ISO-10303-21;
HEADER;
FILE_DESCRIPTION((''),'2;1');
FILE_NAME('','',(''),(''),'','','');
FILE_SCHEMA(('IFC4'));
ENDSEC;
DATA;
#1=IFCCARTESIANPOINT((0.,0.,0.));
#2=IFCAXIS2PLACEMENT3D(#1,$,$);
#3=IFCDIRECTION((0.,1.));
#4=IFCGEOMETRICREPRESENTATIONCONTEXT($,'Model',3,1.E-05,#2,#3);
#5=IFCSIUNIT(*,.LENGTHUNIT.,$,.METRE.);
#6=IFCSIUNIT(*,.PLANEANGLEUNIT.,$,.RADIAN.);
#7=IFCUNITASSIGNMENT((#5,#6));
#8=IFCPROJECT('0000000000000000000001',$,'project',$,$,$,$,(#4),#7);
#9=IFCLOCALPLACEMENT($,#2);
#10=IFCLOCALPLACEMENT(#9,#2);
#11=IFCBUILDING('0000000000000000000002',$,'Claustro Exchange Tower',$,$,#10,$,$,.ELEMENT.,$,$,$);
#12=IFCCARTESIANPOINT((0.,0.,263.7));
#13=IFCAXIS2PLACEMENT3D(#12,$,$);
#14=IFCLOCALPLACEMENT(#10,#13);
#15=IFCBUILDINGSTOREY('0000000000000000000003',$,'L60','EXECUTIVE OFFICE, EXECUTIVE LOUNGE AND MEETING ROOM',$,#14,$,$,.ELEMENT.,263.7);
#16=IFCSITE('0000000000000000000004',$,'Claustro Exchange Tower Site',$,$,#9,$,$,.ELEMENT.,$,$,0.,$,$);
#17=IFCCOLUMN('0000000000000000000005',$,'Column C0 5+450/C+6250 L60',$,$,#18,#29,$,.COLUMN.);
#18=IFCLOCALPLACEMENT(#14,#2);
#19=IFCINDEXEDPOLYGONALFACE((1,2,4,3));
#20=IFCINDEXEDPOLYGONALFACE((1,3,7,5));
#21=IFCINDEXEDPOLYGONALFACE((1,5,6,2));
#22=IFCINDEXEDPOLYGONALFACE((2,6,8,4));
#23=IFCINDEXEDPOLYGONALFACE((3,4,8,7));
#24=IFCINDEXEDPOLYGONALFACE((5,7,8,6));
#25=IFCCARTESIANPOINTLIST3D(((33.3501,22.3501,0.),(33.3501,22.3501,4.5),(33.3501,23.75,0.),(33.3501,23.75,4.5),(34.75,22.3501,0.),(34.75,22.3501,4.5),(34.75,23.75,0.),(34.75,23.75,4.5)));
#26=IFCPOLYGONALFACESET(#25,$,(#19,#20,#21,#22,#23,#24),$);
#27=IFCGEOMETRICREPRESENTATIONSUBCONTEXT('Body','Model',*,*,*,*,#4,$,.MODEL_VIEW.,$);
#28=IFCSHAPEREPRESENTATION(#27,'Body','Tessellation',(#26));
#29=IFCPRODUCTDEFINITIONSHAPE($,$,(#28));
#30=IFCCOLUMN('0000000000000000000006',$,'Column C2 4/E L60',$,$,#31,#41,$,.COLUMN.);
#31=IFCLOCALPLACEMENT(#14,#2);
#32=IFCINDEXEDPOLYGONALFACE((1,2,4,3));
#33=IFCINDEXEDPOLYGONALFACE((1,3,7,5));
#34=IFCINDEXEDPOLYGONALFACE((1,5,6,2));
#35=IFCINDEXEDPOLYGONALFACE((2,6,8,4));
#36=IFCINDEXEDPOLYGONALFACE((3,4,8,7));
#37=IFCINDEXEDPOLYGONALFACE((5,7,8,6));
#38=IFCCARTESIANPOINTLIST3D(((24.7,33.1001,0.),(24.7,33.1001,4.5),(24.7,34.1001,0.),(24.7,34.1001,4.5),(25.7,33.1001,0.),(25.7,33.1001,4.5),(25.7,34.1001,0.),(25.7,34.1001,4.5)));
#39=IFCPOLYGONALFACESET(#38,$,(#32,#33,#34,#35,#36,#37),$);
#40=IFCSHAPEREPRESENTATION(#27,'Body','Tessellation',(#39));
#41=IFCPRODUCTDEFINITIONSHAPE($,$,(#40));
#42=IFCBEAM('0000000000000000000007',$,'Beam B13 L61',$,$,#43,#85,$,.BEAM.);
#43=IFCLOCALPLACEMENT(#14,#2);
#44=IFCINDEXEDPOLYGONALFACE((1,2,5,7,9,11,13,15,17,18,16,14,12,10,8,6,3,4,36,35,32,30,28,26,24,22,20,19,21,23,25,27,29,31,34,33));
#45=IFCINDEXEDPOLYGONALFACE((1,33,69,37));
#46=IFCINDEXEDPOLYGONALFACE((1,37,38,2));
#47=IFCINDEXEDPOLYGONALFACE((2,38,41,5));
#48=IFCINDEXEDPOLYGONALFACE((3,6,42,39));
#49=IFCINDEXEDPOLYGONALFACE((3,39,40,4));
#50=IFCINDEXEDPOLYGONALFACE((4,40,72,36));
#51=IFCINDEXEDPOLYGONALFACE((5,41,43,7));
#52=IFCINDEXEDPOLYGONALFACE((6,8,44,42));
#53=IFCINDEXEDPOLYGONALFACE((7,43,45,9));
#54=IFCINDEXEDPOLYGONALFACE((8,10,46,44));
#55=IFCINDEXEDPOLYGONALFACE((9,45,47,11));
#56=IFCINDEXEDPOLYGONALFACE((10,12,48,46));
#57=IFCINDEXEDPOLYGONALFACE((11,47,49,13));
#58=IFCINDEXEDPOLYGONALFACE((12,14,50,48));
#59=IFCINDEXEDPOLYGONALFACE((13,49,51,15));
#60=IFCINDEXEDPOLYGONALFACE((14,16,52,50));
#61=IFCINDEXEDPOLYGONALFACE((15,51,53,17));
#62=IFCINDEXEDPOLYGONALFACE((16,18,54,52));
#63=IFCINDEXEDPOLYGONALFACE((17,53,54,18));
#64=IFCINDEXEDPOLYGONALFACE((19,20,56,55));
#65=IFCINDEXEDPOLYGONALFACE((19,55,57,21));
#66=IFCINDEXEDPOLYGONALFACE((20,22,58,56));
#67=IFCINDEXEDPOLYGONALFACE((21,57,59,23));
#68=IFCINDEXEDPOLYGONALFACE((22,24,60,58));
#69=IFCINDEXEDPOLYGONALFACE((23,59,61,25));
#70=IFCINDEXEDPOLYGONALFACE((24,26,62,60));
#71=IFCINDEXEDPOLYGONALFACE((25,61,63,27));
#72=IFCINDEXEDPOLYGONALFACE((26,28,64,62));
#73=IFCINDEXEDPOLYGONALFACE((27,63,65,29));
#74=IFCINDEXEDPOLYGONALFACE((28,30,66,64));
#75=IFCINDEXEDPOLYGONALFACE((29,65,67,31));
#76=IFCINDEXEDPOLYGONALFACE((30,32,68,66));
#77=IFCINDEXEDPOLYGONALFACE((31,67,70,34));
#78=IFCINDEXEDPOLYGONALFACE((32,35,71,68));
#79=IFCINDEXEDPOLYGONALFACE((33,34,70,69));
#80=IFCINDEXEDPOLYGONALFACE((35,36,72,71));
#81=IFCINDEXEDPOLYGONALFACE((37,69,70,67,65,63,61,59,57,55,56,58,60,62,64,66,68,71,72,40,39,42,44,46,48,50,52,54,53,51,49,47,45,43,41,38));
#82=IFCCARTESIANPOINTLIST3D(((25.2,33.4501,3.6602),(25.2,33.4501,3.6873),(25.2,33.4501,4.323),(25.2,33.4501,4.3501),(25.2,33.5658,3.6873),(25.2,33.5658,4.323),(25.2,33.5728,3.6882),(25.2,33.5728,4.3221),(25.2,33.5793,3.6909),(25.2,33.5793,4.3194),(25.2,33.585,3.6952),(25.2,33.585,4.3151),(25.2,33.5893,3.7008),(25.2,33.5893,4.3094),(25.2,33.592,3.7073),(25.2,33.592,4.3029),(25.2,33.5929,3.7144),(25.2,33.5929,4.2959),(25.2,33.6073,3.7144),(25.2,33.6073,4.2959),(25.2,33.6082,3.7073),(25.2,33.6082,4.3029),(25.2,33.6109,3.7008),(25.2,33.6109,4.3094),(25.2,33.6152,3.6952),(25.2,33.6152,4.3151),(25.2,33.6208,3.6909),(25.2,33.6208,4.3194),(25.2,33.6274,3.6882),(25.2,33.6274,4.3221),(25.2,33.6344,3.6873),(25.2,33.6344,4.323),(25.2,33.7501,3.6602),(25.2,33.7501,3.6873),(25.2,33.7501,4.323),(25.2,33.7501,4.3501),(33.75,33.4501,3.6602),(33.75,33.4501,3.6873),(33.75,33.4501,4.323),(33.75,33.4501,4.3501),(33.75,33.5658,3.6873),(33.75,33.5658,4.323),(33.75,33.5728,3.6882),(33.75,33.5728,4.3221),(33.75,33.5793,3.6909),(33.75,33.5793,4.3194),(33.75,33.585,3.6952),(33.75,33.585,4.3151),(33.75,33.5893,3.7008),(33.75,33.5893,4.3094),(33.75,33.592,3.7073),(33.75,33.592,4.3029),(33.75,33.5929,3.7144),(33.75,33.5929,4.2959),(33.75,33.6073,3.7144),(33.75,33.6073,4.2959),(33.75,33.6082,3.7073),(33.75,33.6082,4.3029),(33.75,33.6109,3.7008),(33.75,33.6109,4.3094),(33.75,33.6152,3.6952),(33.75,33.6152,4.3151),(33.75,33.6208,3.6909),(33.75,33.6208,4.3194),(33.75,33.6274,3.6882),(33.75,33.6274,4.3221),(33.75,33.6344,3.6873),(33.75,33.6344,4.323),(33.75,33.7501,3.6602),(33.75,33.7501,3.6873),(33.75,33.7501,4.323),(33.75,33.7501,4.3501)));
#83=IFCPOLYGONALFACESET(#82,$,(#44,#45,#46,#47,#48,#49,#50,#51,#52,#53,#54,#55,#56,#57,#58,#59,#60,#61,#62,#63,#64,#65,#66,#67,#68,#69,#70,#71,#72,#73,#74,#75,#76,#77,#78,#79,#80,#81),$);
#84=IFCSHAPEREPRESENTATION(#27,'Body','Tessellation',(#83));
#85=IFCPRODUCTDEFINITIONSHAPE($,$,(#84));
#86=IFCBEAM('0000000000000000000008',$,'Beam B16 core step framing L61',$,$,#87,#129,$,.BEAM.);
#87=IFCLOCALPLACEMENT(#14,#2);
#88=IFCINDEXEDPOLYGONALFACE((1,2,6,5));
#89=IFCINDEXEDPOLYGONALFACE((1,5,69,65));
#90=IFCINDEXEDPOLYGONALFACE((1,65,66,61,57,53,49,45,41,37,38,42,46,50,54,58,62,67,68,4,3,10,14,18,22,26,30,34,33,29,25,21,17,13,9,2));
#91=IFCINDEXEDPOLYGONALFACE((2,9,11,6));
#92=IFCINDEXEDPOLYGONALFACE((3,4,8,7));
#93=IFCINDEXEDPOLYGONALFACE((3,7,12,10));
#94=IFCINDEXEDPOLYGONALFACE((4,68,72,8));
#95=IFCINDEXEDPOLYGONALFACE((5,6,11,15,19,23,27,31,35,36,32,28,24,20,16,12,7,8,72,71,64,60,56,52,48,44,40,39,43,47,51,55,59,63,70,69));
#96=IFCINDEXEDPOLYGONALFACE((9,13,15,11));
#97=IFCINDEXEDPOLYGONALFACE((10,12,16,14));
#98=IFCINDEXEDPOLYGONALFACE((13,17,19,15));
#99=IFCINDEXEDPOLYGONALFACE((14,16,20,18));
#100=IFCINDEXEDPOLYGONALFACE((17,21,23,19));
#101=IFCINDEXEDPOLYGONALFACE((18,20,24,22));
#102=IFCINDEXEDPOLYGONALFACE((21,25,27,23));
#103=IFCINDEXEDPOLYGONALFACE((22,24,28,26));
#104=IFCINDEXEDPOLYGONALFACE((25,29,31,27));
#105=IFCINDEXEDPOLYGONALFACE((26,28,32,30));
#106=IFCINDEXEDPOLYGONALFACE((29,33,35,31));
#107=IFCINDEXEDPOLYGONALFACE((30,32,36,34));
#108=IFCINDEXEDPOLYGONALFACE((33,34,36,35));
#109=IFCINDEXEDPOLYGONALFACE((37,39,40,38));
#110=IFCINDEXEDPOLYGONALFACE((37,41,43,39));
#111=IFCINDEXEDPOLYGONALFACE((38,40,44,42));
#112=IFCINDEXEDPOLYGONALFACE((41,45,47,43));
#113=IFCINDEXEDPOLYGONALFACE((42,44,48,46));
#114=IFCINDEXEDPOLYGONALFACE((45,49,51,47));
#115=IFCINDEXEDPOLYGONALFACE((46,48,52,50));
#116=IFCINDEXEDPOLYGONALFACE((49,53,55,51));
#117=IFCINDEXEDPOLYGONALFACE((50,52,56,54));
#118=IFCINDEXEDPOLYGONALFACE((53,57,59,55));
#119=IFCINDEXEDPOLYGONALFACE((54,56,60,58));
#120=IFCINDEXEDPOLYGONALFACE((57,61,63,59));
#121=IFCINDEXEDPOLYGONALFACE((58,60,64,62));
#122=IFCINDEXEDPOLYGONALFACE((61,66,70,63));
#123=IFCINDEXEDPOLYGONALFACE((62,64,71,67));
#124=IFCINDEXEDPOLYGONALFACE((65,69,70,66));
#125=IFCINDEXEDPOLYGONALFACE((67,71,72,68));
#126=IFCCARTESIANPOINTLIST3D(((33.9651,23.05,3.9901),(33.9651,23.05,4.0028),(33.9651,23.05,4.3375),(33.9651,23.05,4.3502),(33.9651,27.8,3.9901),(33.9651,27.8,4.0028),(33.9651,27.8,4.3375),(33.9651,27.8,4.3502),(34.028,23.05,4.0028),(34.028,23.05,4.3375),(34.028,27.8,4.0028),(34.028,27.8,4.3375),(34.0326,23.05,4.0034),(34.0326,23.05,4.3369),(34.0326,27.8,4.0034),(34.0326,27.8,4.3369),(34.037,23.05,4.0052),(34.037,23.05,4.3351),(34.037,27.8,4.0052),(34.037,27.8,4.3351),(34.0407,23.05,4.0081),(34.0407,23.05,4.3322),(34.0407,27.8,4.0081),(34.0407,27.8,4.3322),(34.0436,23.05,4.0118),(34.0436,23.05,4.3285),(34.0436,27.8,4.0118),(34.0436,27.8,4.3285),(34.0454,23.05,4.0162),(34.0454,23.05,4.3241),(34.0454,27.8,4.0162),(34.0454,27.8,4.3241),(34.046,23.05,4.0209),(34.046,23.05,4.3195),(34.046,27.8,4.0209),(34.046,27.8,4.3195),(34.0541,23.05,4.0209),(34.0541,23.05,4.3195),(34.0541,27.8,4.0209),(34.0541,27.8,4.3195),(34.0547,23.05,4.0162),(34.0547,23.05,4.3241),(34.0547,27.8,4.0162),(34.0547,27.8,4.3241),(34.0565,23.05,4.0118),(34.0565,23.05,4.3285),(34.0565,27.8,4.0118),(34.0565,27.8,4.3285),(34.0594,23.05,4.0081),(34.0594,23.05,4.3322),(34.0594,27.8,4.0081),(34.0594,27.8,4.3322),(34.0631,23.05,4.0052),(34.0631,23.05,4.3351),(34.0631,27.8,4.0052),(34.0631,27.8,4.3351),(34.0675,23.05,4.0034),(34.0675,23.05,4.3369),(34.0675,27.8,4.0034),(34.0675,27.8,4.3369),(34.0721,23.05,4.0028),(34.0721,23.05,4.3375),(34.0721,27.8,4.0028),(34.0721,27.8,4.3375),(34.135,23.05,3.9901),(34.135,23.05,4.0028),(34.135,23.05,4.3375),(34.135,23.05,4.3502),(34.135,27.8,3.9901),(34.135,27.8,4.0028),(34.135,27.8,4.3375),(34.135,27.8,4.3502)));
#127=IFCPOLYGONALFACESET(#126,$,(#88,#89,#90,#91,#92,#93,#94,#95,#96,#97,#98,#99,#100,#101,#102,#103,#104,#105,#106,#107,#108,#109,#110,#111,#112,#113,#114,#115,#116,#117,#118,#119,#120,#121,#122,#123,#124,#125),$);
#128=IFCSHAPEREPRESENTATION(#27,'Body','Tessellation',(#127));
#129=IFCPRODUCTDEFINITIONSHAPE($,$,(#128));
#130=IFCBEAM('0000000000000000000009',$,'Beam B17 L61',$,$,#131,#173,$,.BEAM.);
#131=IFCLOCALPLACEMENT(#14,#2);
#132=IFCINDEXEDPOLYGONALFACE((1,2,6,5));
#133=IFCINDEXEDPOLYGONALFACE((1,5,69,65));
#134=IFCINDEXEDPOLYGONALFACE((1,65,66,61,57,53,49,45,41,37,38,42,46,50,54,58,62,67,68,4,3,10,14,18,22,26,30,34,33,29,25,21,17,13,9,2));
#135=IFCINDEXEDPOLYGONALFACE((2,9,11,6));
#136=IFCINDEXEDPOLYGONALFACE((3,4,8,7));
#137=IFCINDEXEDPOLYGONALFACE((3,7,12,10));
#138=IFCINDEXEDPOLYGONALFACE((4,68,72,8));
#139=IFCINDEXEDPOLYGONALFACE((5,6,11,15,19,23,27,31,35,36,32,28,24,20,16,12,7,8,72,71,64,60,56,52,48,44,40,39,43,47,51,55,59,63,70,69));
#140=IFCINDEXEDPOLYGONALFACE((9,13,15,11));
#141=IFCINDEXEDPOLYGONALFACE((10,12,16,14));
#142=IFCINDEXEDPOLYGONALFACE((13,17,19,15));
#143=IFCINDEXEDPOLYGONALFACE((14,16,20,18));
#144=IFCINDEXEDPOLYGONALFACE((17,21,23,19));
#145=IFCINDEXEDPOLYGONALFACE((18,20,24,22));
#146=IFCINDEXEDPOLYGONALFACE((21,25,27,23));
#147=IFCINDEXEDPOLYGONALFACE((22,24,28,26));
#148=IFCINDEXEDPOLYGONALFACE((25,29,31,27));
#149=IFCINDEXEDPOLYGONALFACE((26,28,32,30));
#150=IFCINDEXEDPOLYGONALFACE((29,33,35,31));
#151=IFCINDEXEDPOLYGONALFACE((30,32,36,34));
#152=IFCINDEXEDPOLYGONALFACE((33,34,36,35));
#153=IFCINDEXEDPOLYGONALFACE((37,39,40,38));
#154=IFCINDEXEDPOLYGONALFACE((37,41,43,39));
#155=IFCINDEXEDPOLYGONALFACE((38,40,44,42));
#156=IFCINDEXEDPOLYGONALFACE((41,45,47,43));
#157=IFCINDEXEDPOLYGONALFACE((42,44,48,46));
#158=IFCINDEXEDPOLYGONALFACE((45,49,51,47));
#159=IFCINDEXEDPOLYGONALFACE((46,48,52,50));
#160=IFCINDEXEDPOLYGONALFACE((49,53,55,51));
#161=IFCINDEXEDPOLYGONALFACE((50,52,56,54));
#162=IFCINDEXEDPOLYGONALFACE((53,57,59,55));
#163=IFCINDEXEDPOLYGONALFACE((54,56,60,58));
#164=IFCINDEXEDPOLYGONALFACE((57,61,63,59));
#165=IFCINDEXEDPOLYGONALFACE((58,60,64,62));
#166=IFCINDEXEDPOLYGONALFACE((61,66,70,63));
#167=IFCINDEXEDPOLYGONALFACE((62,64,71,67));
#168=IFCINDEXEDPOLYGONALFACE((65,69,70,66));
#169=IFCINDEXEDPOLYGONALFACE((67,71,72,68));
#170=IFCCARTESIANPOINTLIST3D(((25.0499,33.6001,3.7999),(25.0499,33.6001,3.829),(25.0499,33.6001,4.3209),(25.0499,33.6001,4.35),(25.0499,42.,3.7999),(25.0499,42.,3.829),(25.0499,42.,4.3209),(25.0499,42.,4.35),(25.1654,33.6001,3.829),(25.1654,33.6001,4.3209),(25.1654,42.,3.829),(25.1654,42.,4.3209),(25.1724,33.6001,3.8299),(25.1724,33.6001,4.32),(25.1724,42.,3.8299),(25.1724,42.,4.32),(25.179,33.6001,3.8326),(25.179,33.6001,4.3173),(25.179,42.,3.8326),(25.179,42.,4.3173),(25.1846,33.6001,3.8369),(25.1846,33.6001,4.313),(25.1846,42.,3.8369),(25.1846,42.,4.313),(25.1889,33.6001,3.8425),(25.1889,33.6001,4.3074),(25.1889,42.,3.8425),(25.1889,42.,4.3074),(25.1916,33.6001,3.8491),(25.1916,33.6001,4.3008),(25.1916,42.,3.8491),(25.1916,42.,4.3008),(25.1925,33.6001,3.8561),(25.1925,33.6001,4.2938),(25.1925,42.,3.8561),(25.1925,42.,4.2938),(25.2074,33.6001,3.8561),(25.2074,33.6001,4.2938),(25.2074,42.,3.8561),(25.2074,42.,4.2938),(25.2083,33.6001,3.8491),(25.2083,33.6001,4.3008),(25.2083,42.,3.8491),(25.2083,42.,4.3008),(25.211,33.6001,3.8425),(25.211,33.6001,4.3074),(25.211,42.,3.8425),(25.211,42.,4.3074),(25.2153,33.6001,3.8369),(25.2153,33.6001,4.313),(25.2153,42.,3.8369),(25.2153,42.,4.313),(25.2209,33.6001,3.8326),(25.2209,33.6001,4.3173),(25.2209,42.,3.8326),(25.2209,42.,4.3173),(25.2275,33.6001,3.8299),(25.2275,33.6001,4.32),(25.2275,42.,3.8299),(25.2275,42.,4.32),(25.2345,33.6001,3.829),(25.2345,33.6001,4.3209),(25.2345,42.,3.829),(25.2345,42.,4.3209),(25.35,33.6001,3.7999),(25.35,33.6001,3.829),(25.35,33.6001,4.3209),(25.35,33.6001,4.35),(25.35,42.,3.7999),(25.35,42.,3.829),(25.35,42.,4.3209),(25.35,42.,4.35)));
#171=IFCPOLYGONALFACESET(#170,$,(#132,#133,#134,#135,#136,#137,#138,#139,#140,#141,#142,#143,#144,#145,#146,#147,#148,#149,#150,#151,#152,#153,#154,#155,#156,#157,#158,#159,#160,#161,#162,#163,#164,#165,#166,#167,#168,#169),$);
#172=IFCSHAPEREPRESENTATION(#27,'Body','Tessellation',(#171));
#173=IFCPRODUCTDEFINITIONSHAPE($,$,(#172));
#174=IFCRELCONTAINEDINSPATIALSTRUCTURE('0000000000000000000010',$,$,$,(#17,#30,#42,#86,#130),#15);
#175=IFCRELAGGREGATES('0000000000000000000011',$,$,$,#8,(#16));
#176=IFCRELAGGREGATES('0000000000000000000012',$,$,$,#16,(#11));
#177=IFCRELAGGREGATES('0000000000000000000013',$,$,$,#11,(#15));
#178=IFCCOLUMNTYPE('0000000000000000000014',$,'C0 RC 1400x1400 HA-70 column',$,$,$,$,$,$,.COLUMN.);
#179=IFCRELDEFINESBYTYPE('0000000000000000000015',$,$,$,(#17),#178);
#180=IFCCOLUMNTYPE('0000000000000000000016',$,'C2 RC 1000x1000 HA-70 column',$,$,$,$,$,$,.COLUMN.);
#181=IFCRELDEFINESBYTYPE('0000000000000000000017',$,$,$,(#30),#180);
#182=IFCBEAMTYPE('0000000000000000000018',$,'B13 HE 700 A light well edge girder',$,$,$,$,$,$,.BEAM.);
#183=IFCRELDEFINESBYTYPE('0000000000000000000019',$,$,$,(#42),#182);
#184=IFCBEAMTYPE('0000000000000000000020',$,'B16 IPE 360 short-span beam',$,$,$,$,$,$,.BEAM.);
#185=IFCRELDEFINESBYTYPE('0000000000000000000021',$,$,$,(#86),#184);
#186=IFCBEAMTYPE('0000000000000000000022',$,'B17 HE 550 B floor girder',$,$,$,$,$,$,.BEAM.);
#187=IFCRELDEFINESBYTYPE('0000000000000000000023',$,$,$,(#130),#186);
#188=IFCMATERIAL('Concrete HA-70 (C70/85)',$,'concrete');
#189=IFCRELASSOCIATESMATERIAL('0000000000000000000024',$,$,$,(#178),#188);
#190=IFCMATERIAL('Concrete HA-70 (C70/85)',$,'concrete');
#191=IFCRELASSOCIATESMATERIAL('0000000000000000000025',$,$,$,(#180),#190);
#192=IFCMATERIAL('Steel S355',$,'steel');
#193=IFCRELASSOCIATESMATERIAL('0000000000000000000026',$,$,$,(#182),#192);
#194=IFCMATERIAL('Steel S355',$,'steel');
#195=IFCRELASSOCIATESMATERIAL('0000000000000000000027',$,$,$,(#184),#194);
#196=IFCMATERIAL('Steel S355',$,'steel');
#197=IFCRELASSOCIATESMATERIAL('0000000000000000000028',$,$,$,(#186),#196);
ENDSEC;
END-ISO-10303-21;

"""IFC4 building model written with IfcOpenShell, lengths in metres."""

from ifc_helpers import new_model, si_unit, direction, frame, origin, origin_2d, place, context, subcontext, project, spatial, rectangle, i_section, extrude, material, material_profile, profile_set, type_object, element, save


model = new_model("IFC4")

# Units and contexts
model_context = context("Model", 3, precision=1e-05, world=origin(), true_north=direction((0.0, 1.0)))
body_context = subcontext(model_context, "Body", "Model", "MODEL_VIEW")
ifc_project = project(units=[si_unit("LENGTHUNIT", "METRE"), si_unit("PLANEANGLEUNIT", "RADIAN")], contexts=[model_context])

# Site, building, storey
site_placement = place(None, origin())
site = spatial("IfcSite", under=ifc_project, at=site_placement, Name="Claustro Exchange Tower Site", CompositionType="ELEMENT", RefElevation=0.0)
building_placement = place(site_placement, origin())
building = spatial("IfcBuilding", under=site, at=building_placement, Name="Claustro Exchange Tower", CompositionType="ELEMENT")
storey_placement = place(building_placement, frame((0.0, 0.0, 263.7)))
storey = spatial("IfcBuildingStorey", under=building, at=storey_placement, Name="L60", Description="EXECUTIVE OFFICE, EXECUTIVE LOUNGE AND MEETING ROOM", CompositionType="ELEMENT", Elevation=263.7)

# Columns
ifc_material_1 = material(Name="Concrete HA-70 (C70/85)", Category="concrete")
ifc_material_profile_1 = material_profile(ifc_material_1, rectangle(XDim=1.3999, YDim=1.3999, at=origin_2d()), Name="RC 1400x1400")
ifc_profile_set_1 = profile_set([ifc_material_profile_1], Name="Concrete HA-70 (C70/85)")
column_type_1 = type_object("IfcColumnType", Name="C0 RC 1400x1400 HA-70 column", PredefinedType="COLUMN", material=ifc_profile_set_1)
column_1_placement = place(storey_placement, frame((34.05, 23.05, 0.0), z_axis=(0.0, 0.0, 1.0), x_axis=(1.0, 0.0, 0.0)))
element("IfcColumn", 1, at=column_1_placement, inside=storey, type_object=column_type_1, Name="Column C0 5+450/C+6250 L60", PredefinedType="COLUMN", context=body_context, shape_type="SweptSolid", body=[
    extrude(rectangle(XDim=1.3999, YDim=1.3999, at=origin_2d()), origin(), (0.0, 0.0, 1.0), 4.5),
])
ifc_material_2 = material(Name="Concrete HA-70 (C70/85)", Category="concrete")
ifc_material_profile_2 = material_profile(ifc_material_2, rectangle(XDim=1.0, YDim=1.0, at=origin_2d()), Name="RC 1000x1000")
ifc_profile_set_2 = profile_set([ifc_material_profile_2], Name="Concrete HA-70 (C70/85)")
column_type_2 = type_object("IfcColumnType", Name="C2 RC 1000x1000 HA-70 column", PredefinedType="COLUMN", material=ifc_profile_set_2)
column_2_placement = place(storey_placement, frame((25.2, 33.6001, 0.0), z_axis=(0.0, 0.0, 1.0), x_axis=(1.0, 0.0, 0.0)))
element("IfcColumn", 2, at=column_2_placement, inside=storey, type_object=column_type_2, Name="Column C2 4/E L60", PredefinedType="COLUMN", context=body_context, shape_type="SweptSolid", body=[
    extrude(rectangle(XDim=1.0, YDim=1.0, at=origin_2d()), origin(), (0.0, 0.0, 1.0), 4.5),
])

# Beams
ifc_material_3 = material(Name="Steel S355", Category="steel")
ifc_material_profile_3 = material_profile(ifc_material_3, i_section(OverallWidth=0.3, OverallDepth=0.6899, WebThickness=0.0144, FlangeThickness=0.0271, FilletRadius=0.0271, at=origin_2d()), Name="HE 700 A")
ifc_profile_set_3 = profile_set([ifc_material_profile_3], Name="Steel S355")
beam_type_1 = type_object("IfcBeamType", Name="B13 HE 700 A light well edge girder", PredefinedType="BEAM", material=ifc_profile_set_3)
beam_1_placement = place(storey_placement, frame((25.2, 33.6001, 4.0051), z_axis=(1.0, 0.0, 0.0), x_axis=(0.0, 1.0, 0.0)))
element("IfcBeam", 3, at=beam_1_placement, inside=storey, type_object=beam_type_1, Name="Beam B13 L61", PredefinedType="BEAM", context=body_context, shape_type="SweptSolid", body=[
    extrude(i_section(OverallWidth=0.3, OverallDepth=0.6899, WebThickness=0.0144, FlangeThickness=0.0271, FilletRadius=0.0271, at=origin_2d()), origin(), (0.0, 0.0, 1.0), 8.55),
])
ifc_material_4 = material(Name="Steel S355", Category="steel")
ifc_material_profile_4 = material_profile(ifc_material_4, i_section(OverallWidth=0.1699, OverallDepth=0.3601, WebThickness=0.0081, FlangeThickness=0.0127, FilletRadius=0.0181, at=origin_2d()), Name="IPE 360")
ifc_profile_set_4 = profile_set([ifc_material_profile_4], Name="Steel S355")
beam_type_2 = type_object("IfcBeamType", Name="B16 IPE 360 short-span beam", PredefinedType="BEAM", material=ifc_profile_set_4)
beam_2_placement = place(storey_placement, frame((34.05, 23.05, 4.1702), z_axis=(0.0, 1.0, 0.0), x_axis=(-1.0, 0.0, 0.0)))
element("IfcBeam", 4, at=beam_2_placement, inside=storey, type_object=beam_type_2, Name="Beam B16 core step framing L61", PredefinedType="BEAM", context=body_context, shape_type="SweptSolid", body=[
    extrude(i_section(OverallWidth=0.1699, OverallDepth=0.3601, WebThickness=0.0081, FlangeThickness=0.0127, FilletRadius=0.0181, at=origin_2d()), origin(), (0.0, 0.0, 1.0), 4.75),
])
ifc_material_5 = material(Name="Steel S355", Category="steel")
ifc_material_profile_5 = material_profile(ifc_material_5, i_section(OverallWidth=0.3, OverallDepth=0.55, WebThickness=0.0149, FlangeThickness=0.0291, FilletRadius=0.0271, at=origin_2d()), Name="HE 550 B")
ifc_profile_set_5 = profile_set([ifc_material_profile_5], Name="Steel S355")
beam_type_3 = type_object("IfcBeamType", Name="B17 HE 550 B floor girder", PredefinedType="BEAM", material=ifc_profile_set_5)
beam_3_placement = place(storey_placement, frame((25.2, 33.6001, 4.075), z_axis=(0.0, 1.0, 0.0), x_axis=(-1.0, 0.0, 0.0)))
element("IfcBeam", 5, at=beam_3_placement, inside=storey, type_object=beam_type_3, Name="Beam B17 L61", PredefinedType="BEAM", context=body_context, shape_type="SweptSolid", body=[
    extrude(i_section(OverallWidth=0.3, OverallDepth=0.55, WebThickness=0.0149, FlangeThickness=0.0291, FilletRadius=0.0271, at=origin_2d()), origin(), (0.0, 0.0, 1.0), 8.3999),
])

save(model, "model.ifc")
